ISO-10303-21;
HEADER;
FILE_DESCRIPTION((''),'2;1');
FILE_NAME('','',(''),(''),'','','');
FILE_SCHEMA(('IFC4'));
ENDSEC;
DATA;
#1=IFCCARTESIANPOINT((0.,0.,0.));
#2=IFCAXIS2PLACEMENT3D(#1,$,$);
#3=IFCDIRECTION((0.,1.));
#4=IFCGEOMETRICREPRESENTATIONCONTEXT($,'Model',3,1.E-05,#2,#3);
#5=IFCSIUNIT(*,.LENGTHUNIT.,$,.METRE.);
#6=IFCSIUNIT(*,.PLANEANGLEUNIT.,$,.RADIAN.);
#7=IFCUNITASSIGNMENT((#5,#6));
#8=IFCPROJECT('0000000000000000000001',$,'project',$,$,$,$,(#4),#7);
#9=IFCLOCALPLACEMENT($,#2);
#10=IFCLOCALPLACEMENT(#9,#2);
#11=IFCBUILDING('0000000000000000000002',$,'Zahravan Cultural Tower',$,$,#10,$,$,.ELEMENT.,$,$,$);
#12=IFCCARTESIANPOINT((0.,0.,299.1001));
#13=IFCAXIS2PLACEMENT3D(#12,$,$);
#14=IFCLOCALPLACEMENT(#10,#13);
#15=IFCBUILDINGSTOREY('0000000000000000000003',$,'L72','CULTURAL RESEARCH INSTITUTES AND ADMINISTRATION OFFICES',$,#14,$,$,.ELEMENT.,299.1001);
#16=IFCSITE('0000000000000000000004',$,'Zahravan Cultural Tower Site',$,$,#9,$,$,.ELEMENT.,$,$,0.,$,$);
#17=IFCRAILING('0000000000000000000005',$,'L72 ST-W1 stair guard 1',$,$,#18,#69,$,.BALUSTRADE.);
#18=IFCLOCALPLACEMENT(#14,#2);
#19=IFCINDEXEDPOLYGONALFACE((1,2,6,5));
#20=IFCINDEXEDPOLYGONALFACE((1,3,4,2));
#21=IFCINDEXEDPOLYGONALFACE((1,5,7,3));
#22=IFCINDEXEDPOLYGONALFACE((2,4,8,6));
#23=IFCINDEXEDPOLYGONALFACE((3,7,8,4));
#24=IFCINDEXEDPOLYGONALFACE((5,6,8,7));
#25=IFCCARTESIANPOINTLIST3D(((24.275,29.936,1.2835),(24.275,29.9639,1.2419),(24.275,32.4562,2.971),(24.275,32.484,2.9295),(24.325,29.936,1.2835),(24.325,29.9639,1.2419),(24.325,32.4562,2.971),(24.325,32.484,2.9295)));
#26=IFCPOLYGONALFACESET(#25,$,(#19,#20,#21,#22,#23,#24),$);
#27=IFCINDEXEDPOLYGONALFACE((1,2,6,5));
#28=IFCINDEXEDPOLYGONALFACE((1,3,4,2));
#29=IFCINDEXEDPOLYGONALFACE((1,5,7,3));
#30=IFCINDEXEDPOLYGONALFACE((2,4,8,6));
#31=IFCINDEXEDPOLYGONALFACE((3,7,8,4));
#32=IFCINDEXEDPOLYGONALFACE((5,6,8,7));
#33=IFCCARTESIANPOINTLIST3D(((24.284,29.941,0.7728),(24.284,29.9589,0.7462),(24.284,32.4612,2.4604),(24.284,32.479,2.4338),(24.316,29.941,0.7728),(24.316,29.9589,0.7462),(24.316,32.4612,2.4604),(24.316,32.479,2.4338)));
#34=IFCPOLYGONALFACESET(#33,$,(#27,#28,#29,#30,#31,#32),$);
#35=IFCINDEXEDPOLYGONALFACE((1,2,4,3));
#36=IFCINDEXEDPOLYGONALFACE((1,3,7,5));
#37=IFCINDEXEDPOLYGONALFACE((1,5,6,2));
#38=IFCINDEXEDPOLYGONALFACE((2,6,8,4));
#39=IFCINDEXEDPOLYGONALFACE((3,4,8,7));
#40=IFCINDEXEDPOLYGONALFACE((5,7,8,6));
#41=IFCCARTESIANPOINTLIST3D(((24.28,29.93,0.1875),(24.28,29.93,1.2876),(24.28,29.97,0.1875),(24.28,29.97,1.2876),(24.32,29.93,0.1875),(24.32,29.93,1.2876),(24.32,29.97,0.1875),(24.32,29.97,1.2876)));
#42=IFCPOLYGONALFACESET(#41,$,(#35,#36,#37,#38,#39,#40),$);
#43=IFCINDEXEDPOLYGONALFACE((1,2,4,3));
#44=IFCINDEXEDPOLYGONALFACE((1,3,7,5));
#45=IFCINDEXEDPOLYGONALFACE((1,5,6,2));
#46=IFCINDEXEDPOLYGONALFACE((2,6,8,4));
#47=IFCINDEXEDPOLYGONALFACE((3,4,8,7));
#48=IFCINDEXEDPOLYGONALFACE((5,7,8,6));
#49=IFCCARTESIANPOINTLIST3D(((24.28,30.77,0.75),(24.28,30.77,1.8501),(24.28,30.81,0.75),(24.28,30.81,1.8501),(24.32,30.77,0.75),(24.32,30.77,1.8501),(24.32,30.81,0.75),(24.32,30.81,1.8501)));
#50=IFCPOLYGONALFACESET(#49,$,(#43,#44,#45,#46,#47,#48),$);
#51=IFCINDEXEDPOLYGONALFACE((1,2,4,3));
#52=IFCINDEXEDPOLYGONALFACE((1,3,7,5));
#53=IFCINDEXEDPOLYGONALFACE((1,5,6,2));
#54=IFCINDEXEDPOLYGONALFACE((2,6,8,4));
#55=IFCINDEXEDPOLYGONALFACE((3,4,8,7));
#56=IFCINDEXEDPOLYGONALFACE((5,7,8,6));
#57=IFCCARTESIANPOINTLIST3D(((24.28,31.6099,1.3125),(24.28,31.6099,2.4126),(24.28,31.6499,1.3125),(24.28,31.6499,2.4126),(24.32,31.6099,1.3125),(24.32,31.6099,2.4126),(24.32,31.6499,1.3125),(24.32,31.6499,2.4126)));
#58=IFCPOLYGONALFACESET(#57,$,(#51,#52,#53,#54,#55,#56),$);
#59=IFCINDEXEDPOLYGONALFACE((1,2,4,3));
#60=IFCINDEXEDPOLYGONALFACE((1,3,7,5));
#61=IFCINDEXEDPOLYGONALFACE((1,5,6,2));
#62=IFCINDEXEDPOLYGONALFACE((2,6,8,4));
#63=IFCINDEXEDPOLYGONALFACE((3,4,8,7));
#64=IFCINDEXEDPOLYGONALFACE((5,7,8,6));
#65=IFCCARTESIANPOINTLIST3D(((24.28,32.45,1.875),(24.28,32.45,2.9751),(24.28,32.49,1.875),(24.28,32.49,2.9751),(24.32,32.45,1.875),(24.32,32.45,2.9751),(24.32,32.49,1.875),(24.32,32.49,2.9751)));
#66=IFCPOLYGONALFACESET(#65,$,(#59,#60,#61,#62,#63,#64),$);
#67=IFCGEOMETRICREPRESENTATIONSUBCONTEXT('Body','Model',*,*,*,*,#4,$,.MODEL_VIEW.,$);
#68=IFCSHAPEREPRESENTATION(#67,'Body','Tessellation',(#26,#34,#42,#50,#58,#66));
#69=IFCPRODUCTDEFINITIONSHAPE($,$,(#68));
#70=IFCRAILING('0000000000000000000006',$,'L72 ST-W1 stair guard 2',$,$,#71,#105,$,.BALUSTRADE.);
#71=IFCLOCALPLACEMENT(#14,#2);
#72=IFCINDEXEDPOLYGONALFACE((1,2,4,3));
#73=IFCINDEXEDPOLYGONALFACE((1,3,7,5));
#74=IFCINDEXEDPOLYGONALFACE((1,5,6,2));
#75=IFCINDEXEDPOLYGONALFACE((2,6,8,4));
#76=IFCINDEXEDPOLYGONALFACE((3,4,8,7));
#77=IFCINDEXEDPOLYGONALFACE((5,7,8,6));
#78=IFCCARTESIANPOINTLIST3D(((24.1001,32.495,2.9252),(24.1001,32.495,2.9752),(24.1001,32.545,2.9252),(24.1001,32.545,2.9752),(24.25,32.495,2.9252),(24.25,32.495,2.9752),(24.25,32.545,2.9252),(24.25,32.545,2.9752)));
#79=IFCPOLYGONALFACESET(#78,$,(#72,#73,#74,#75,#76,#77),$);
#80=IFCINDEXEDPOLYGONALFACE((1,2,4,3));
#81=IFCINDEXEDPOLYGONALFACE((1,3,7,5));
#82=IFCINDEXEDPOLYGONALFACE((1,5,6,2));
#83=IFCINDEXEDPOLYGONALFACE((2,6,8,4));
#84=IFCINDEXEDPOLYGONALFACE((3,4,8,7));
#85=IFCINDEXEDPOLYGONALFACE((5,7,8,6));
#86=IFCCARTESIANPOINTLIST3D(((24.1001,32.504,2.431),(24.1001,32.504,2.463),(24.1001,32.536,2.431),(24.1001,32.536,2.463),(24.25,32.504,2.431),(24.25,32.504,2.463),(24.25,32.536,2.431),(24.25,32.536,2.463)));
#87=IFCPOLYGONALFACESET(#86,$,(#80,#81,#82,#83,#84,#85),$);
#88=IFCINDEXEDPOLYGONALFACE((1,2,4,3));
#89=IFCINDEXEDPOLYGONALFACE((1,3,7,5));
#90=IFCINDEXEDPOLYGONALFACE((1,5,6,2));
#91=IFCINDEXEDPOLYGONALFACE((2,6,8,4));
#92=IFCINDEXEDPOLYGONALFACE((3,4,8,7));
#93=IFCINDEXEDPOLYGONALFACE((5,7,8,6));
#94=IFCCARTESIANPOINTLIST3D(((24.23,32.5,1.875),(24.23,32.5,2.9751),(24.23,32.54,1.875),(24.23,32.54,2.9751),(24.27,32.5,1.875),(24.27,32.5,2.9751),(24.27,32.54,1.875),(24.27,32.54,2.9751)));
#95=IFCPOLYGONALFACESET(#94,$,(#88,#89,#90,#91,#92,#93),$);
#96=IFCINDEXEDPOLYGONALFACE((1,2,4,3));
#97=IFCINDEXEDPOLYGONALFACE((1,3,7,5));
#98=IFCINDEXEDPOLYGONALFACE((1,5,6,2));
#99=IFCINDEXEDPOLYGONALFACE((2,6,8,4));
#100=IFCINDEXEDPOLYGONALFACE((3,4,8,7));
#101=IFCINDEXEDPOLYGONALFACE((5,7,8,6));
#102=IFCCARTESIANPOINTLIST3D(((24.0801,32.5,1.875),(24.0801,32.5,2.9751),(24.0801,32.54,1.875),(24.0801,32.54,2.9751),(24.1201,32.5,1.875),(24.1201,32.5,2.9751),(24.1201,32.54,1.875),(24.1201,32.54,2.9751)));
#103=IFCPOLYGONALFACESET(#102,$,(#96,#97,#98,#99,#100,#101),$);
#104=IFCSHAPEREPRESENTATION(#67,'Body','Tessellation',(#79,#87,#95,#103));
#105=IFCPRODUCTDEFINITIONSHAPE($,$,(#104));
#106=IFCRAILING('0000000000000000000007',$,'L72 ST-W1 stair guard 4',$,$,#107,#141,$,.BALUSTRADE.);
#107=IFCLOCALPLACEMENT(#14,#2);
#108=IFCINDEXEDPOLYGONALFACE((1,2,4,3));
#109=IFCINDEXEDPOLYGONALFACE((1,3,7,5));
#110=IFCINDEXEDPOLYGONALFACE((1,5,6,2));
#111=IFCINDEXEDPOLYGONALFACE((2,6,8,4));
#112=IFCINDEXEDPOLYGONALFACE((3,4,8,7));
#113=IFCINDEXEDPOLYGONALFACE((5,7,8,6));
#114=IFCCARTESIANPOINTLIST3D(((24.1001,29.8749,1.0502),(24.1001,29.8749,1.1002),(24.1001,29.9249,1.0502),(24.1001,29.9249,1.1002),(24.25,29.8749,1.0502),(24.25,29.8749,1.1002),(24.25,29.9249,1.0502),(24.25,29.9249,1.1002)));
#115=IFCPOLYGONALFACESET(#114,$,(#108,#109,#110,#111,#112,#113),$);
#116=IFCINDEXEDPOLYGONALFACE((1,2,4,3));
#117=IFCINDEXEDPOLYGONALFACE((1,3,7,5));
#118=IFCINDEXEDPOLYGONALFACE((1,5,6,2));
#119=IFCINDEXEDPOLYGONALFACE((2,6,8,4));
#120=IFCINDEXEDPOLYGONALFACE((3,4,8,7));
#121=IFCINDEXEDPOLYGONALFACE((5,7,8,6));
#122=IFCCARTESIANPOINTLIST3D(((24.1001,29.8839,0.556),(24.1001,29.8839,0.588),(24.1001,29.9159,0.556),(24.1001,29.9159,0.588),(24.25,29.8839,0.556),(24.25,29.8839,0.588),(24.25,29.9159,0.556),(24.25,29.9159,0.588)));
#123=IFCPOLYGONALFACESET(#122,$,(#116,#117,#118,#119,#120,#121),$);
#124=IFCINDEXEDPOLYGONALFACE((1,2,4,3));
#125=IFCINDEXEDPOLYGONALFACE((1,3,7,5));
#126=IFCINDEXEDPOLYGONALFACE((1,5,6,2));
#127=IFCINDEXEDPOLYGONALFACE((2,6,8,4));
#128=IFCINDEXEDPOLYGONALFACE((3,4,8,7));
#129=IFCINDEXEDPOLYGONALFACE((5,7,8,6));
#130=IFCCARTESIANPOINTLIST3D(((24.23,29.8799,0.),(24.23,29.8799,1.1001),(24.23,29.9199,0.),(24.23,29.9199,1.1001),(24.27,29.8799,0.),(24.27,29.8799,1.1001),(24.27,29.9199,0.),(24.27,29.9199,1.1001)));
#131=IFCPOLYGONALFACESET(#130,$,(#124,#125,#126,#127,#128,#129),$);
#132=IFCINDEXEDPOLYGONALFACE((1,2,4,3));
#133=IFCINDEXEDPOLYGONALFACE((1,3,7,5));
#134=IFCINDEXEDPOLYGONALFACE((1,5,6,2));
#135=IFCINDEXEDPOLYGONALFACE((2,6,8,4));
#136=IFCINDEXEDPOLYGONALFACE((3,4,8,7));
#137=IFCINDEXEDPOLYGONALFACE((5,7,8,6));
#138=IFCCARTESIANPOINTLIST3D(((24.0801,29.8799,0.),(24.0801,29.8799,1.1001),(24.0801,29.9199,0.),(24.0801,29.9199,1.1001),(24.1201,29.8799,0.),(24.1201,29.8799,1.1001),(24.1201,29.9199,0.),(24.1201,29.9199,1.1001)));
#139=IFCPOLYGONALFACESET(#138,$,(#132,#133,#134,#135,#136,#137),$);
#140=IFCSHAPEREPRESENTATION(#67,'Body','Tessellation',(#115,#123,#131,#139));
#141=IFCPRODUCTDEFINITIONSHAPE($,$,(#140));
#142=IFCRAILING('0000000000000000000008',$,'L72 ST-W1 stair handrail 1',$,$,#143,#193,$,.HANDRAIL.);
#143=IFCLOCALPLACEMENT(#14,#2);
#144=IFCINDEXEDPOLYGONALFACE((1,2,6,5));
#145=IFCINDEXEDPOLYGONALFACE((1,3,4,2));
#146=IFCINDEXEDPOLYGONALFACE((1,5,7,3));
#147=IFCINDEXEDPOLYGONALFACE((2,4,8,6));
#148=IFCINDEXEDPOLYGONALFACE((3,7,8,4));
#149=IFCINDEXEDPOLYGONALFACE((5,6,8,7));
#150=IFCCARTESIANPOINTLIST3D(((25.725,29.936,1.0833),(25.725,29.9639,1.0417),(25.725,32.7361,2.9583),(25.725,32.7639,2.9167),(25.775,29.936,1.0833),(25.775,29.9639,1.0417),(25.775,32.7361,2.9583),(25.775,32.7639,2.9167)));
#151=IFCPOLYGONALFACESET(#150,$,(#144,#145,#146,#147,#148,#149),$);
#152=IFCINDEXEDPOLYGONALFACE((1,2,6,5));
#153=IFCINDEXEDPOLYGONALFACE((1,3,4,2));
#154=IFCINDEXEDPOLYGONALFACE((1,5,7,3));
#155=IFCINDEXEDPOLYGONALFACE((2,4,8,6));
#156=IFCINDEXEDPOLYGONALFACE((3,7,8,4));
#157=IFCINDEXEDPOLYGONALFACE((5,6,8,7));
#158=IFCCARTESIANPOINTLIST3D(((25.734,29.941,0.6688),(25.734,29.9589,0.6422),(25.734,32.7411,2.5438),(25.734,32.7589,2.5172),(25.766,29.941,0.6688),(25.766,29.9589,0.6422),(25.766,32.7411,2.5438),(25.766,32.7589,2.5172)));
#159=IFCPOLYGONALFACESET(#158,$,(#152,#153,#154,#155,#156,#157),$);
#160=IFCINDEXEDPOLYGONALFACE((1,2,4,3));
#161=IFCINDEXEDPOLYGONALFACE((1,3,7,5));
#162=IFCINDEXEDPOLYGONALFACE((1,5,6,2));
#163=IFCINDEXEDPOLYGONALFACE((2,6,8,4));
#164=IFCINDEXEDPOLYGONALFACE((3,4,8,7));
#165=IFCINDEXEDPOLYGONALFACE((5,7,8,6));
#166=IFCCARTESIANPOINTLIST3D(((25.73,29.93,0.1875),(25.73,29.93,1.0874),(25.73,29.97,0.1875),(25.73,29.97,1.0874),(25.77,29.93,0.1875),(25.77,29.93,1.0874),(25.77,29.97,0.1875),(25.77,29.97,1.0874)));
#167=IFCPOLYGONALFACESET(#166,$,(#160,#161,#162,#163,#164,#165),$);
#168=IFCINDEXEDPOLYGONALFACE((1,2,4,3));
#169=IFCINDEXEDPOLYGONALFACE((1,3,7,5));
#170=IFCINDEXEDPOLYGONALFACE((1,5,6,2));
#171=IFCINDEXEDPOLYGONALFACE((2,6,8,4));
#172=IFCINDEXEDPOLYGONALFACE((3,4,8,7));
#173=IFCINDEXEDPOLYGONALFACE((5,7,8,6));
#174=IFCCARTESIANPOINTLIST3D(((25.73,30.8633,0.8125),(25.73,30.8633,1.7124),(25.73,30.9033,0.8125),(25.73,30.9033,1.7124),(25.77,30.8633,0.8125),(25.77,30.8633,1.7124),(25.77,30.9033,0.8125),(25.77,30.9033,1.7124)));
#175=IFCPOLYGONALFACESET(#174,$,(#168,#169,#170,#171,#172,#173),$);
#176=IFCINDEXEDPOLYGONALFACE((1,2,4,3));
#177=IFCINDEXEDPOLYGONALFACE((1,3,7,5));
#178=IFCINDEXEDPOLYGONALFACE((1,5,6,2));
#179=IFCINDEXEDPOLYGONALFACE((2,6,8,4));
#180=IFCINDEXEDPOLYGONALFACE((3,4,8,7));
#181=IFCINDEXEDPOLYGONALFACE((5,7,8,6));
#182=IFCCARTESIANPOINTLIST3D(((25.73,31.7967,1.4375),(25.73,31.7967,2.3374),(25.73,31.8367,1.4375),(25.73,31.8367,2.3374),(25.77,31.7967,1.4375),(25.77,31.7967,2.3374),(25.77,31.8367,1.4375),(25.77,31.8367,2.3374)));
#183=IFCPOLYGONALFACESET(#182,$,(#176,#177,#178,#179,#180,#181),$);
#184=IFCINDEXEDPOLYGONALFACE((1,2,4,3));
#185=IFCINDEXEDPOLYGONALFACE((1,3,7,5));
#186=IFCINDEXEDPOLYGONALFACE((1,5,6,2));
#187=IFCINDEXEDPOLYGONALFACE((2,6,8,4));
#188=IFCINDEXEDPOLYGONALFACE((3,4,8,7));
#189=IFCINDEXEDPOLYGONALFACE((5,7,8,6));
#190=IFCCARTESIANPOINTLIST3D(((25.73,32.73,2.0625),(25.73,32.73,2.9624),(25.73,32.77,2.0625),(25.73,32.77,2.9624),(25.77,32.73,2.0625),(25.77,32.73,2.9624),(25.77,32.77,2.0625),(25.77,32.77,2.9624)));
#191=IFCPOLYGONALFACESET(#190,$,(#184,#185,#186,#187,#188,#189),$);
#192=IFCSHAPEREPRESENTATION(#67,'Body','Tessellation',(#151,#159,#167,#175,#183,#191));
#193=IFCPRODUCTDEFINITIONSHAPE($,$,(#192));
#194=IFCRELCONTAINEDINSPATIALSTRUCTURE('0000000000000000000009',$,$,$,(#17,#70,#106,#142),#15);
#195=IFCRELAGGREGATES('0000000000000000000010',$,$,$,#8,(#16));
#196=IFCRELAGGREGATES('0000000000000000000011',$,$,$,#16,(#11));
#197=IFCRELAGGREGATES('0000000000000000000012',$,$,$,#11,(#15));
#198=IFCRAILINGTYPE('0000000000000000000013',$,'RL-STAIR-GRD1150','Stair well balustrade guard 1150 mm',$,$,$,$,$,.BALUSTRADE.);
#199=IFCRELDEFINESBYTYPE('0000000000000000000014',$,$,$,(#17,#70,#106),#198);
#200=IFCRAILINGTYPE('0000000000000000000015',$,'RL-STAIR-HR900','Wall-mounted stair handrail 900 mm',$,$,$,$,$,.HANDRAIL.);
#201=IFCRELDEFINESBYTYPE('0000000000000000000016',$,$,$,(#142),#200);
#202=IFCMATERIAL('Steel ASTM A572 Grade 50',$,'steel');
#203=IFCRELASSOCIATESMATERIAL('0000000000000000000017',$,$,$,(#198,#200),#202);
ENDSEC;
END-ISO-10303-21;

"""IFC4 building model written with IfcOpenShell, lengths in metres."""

from ifc_helpers import new_model, si_unit, direction, frame, origin, origin_2d, place, context, subcontext, project, spatial, rectangle, extrude, material, type_object, element, save


model = new_model("IFC4")

# Units and contexts
model_context = context("Model", 3, precision=1e-05, world=origin(), true_north=direction((0.0, 1.0)))
body_context = subcontext(model_context, "Body", "Model", "MODEL_VIEW")
ifc_project = project(units=[si_unit("LENGTHUNIT", "METRE"), si_unit("PLANEANGLEUNIT", "RADIAN")], contexts=[model_context])

# Site, building, storey
site_placement = place(None, origin())
site = spatial("IfcSite", under=ifc_project, at=site_placement, Name="Zahravan Cultural Tower Site", CompositionType="ELEMENT", RefElevation=0.0)
building_placement = place(site_placement, origin())
building = spatial("IfcBuilding", under=site, at=building_placement, Name="Zahravan Cultural Tower", CompositionType="ELEMENT")
storey_placement = place(building_placement, frame((0.0, 0.0, 299.1001)))
storey = spatial("IfcBuildingStorey", under=building, at=storey_placement, Name="L72", Description="CULTURAL RESEARCH INSTITUTES AND ADMINISTRATION OFFICES", CompositionType="ELEMENT", Elevation=299.1001)

# Shared definitions
ifc_material_1 = material(Name="Steel ASTM A572 Grade 50", Category="steel")

# Railings
railing_type_1 = type_object("IfcRailingType", Name="RL-STAIR-GRD1150", Description="Stair well balustrade guard 1150 mm", PredefinedType="BALUSTRADE", material=ifc_material_1)
railing_1_placement = place(storey_placement, frame((24.3, 29.95, 0.1875)))
element("IfcRailing", 1, at=railing_1_placement, inside=storey, type_object=railing_type_1, Name="L72 ST-W1 stair guard 1", PredefinedType="BALUSTRADE", context=body_context, shape_type="SweptSolid", body=[
    extrude(rectangle(XDim=0.05, YDim=0.05, at=origin_2d()), frame((0.0, 0.0, 1.0752), z_axis=(0.0, 0.830909, 0.556408), x_axis=(-1.0, 0.0, 0.0)), (0.0, 0.0, 1.0), 3.033),
    extrude(rectangle(XDim=0.032, YDim=0.032, at=origin_2d()), frame((0.0, 0.0, 0.572), z_axis=(0.0, 0.830909, 0.556408), x_axis=(-1.0, 0.0, 0.0)), (0.0, 0.0, 1.0), 3.033),
    extrude(rectangle(XDim=0.04, YDim=0.04, at=origin_2d()), origin(), (0.0, 0.0, 1.0), 1.1001),
    extrude(rectangle(XDim=0.04, YDim=0.04, at=origin_2d()), frame((0.0, 0.8401, 0.5625)), (0.0, 0.0, 1.0), 1.1001),
    extrude(rectangle(XDim=0.04, YDim=0.04, at=origin_2d()), frame((0.0, 1.6799, 1.125)), (0.0, 0.0, 1.0), 1.1001),
    extrude(rectangle(XDim=0.04, YDim=0.04, at=origin_2d()), frame((0.0, 2.52, 1.6875)), (0.0, 0.0, 1.0), 1.1001),
])
for number, where, name in (
    (2, (24.25, 32.52, 1.875), "L72 ST-W1 stair guard 2"),
    (3, (24.25, 29.8999, 0.0), "L72 ST-W1 stair guard 4"),
):
    element("IfcRailing", number, at=place(storey_placement, frame(where)), inside=storey, type_object=railing_type_1, Name=name, PredefinedType="BALUSTRADE", context=body_context, shape_type="SweptSolid", body=[
        extrude(rectangle(XDim=0.05, YDim=0.05, at=origin_2d()), frame((0.0, 0.0, 1.0752), z_axis=(-1.0, 0.0, 0.0), x_axis=(0.0, -1.0, 0.0)), (0.0, 0.0, 1.0), 0.1499),
        extrude(rectangle(XDim=0.032, YDim=0.032, at=origin_2d()), frame((0.0, 0.0, 0.572), z_axis=(-1.0, 0.0, 0.0), x_axis=(0.0, -1.0, 0.0)), (0.0, 0.0, 1.0), 0.1499),
        extrude(rectangle(XDim=0.04, YDim=0.04, at=origin_2d()), origin(), (0.0, 0.0, 1.0), 1.1001),
        extrude(rectangle(XDim=0.04, YDim=0.04, at=origin_2d()), frame((-0.1499, 0.0, 0.0)), (0.0, 0.0, 1.0), 1.1001),
    ])
railing_type_2 = type_object("IfcRailingType", Name="RL-STAIR-HR900", Description="Wall-mounted stair handrail 900 mm", PredefinedType="HANDRAIL", material=ifc_material_1)
railing_2_placement = place(storey_placement, frame((25.75, 29.95, 0.1875)))
element("IfcRailing", 4, at=railing_2_placement, inside=storey, type_object=railing_type_2, Name="L72 ST-W1 stair handrail 1", PredefinedType="HANDRAIL", context=body_context, shape_type="SweptSolid", body=[
    extrude(rectangle(XDim=0.05, YDim=0.05, at=origin_2d()), frame((0.0, 0.0, 0.875), z_axis=(0.0, 0.830912, 0.556404), x_axis=(-1.0, 0.0, 0.0)), (0.0, 0.0, 1.0), 3.3699),
    extrude(rectangle(XDim=0.032, YDim=0.032, at=origin_2d()), frame((0.0, 0.0, 0.468), z_axis=(0.0, 0.830912, 0.556404), x_axis=(-1.0, 0.0, 0.0)), (0.0, 0.0, 1.0), 3.3699),
    extrude(rectangle(XDim=0.04, YDim=0.04, at=origin_2d()), origin(), (0.0, 0.0, 1.0), 0.8999),
    extrude(rectangle(XDim=0.04, YDim=0.04, at=origin_2d()), frame((0.0, 0.9333, 0.625)), (0.0, 0.0, 1.0), 0.8999),
    extrude(rectangle(XDim=0.04, YDim=0.04, at=origin_2d()), frame((0.0, 1.8667, 1.25)), (0.0, 0.0, 1.0), 0.8999),
    extrude(rectangle(XDim=0.04, YDim=0.04, at=origin_2d()), frame((0.0, 2.8, 1.875)), (0.0, 0.0, 1.0), 0.8999),
])

save(model, "model.ifc")
